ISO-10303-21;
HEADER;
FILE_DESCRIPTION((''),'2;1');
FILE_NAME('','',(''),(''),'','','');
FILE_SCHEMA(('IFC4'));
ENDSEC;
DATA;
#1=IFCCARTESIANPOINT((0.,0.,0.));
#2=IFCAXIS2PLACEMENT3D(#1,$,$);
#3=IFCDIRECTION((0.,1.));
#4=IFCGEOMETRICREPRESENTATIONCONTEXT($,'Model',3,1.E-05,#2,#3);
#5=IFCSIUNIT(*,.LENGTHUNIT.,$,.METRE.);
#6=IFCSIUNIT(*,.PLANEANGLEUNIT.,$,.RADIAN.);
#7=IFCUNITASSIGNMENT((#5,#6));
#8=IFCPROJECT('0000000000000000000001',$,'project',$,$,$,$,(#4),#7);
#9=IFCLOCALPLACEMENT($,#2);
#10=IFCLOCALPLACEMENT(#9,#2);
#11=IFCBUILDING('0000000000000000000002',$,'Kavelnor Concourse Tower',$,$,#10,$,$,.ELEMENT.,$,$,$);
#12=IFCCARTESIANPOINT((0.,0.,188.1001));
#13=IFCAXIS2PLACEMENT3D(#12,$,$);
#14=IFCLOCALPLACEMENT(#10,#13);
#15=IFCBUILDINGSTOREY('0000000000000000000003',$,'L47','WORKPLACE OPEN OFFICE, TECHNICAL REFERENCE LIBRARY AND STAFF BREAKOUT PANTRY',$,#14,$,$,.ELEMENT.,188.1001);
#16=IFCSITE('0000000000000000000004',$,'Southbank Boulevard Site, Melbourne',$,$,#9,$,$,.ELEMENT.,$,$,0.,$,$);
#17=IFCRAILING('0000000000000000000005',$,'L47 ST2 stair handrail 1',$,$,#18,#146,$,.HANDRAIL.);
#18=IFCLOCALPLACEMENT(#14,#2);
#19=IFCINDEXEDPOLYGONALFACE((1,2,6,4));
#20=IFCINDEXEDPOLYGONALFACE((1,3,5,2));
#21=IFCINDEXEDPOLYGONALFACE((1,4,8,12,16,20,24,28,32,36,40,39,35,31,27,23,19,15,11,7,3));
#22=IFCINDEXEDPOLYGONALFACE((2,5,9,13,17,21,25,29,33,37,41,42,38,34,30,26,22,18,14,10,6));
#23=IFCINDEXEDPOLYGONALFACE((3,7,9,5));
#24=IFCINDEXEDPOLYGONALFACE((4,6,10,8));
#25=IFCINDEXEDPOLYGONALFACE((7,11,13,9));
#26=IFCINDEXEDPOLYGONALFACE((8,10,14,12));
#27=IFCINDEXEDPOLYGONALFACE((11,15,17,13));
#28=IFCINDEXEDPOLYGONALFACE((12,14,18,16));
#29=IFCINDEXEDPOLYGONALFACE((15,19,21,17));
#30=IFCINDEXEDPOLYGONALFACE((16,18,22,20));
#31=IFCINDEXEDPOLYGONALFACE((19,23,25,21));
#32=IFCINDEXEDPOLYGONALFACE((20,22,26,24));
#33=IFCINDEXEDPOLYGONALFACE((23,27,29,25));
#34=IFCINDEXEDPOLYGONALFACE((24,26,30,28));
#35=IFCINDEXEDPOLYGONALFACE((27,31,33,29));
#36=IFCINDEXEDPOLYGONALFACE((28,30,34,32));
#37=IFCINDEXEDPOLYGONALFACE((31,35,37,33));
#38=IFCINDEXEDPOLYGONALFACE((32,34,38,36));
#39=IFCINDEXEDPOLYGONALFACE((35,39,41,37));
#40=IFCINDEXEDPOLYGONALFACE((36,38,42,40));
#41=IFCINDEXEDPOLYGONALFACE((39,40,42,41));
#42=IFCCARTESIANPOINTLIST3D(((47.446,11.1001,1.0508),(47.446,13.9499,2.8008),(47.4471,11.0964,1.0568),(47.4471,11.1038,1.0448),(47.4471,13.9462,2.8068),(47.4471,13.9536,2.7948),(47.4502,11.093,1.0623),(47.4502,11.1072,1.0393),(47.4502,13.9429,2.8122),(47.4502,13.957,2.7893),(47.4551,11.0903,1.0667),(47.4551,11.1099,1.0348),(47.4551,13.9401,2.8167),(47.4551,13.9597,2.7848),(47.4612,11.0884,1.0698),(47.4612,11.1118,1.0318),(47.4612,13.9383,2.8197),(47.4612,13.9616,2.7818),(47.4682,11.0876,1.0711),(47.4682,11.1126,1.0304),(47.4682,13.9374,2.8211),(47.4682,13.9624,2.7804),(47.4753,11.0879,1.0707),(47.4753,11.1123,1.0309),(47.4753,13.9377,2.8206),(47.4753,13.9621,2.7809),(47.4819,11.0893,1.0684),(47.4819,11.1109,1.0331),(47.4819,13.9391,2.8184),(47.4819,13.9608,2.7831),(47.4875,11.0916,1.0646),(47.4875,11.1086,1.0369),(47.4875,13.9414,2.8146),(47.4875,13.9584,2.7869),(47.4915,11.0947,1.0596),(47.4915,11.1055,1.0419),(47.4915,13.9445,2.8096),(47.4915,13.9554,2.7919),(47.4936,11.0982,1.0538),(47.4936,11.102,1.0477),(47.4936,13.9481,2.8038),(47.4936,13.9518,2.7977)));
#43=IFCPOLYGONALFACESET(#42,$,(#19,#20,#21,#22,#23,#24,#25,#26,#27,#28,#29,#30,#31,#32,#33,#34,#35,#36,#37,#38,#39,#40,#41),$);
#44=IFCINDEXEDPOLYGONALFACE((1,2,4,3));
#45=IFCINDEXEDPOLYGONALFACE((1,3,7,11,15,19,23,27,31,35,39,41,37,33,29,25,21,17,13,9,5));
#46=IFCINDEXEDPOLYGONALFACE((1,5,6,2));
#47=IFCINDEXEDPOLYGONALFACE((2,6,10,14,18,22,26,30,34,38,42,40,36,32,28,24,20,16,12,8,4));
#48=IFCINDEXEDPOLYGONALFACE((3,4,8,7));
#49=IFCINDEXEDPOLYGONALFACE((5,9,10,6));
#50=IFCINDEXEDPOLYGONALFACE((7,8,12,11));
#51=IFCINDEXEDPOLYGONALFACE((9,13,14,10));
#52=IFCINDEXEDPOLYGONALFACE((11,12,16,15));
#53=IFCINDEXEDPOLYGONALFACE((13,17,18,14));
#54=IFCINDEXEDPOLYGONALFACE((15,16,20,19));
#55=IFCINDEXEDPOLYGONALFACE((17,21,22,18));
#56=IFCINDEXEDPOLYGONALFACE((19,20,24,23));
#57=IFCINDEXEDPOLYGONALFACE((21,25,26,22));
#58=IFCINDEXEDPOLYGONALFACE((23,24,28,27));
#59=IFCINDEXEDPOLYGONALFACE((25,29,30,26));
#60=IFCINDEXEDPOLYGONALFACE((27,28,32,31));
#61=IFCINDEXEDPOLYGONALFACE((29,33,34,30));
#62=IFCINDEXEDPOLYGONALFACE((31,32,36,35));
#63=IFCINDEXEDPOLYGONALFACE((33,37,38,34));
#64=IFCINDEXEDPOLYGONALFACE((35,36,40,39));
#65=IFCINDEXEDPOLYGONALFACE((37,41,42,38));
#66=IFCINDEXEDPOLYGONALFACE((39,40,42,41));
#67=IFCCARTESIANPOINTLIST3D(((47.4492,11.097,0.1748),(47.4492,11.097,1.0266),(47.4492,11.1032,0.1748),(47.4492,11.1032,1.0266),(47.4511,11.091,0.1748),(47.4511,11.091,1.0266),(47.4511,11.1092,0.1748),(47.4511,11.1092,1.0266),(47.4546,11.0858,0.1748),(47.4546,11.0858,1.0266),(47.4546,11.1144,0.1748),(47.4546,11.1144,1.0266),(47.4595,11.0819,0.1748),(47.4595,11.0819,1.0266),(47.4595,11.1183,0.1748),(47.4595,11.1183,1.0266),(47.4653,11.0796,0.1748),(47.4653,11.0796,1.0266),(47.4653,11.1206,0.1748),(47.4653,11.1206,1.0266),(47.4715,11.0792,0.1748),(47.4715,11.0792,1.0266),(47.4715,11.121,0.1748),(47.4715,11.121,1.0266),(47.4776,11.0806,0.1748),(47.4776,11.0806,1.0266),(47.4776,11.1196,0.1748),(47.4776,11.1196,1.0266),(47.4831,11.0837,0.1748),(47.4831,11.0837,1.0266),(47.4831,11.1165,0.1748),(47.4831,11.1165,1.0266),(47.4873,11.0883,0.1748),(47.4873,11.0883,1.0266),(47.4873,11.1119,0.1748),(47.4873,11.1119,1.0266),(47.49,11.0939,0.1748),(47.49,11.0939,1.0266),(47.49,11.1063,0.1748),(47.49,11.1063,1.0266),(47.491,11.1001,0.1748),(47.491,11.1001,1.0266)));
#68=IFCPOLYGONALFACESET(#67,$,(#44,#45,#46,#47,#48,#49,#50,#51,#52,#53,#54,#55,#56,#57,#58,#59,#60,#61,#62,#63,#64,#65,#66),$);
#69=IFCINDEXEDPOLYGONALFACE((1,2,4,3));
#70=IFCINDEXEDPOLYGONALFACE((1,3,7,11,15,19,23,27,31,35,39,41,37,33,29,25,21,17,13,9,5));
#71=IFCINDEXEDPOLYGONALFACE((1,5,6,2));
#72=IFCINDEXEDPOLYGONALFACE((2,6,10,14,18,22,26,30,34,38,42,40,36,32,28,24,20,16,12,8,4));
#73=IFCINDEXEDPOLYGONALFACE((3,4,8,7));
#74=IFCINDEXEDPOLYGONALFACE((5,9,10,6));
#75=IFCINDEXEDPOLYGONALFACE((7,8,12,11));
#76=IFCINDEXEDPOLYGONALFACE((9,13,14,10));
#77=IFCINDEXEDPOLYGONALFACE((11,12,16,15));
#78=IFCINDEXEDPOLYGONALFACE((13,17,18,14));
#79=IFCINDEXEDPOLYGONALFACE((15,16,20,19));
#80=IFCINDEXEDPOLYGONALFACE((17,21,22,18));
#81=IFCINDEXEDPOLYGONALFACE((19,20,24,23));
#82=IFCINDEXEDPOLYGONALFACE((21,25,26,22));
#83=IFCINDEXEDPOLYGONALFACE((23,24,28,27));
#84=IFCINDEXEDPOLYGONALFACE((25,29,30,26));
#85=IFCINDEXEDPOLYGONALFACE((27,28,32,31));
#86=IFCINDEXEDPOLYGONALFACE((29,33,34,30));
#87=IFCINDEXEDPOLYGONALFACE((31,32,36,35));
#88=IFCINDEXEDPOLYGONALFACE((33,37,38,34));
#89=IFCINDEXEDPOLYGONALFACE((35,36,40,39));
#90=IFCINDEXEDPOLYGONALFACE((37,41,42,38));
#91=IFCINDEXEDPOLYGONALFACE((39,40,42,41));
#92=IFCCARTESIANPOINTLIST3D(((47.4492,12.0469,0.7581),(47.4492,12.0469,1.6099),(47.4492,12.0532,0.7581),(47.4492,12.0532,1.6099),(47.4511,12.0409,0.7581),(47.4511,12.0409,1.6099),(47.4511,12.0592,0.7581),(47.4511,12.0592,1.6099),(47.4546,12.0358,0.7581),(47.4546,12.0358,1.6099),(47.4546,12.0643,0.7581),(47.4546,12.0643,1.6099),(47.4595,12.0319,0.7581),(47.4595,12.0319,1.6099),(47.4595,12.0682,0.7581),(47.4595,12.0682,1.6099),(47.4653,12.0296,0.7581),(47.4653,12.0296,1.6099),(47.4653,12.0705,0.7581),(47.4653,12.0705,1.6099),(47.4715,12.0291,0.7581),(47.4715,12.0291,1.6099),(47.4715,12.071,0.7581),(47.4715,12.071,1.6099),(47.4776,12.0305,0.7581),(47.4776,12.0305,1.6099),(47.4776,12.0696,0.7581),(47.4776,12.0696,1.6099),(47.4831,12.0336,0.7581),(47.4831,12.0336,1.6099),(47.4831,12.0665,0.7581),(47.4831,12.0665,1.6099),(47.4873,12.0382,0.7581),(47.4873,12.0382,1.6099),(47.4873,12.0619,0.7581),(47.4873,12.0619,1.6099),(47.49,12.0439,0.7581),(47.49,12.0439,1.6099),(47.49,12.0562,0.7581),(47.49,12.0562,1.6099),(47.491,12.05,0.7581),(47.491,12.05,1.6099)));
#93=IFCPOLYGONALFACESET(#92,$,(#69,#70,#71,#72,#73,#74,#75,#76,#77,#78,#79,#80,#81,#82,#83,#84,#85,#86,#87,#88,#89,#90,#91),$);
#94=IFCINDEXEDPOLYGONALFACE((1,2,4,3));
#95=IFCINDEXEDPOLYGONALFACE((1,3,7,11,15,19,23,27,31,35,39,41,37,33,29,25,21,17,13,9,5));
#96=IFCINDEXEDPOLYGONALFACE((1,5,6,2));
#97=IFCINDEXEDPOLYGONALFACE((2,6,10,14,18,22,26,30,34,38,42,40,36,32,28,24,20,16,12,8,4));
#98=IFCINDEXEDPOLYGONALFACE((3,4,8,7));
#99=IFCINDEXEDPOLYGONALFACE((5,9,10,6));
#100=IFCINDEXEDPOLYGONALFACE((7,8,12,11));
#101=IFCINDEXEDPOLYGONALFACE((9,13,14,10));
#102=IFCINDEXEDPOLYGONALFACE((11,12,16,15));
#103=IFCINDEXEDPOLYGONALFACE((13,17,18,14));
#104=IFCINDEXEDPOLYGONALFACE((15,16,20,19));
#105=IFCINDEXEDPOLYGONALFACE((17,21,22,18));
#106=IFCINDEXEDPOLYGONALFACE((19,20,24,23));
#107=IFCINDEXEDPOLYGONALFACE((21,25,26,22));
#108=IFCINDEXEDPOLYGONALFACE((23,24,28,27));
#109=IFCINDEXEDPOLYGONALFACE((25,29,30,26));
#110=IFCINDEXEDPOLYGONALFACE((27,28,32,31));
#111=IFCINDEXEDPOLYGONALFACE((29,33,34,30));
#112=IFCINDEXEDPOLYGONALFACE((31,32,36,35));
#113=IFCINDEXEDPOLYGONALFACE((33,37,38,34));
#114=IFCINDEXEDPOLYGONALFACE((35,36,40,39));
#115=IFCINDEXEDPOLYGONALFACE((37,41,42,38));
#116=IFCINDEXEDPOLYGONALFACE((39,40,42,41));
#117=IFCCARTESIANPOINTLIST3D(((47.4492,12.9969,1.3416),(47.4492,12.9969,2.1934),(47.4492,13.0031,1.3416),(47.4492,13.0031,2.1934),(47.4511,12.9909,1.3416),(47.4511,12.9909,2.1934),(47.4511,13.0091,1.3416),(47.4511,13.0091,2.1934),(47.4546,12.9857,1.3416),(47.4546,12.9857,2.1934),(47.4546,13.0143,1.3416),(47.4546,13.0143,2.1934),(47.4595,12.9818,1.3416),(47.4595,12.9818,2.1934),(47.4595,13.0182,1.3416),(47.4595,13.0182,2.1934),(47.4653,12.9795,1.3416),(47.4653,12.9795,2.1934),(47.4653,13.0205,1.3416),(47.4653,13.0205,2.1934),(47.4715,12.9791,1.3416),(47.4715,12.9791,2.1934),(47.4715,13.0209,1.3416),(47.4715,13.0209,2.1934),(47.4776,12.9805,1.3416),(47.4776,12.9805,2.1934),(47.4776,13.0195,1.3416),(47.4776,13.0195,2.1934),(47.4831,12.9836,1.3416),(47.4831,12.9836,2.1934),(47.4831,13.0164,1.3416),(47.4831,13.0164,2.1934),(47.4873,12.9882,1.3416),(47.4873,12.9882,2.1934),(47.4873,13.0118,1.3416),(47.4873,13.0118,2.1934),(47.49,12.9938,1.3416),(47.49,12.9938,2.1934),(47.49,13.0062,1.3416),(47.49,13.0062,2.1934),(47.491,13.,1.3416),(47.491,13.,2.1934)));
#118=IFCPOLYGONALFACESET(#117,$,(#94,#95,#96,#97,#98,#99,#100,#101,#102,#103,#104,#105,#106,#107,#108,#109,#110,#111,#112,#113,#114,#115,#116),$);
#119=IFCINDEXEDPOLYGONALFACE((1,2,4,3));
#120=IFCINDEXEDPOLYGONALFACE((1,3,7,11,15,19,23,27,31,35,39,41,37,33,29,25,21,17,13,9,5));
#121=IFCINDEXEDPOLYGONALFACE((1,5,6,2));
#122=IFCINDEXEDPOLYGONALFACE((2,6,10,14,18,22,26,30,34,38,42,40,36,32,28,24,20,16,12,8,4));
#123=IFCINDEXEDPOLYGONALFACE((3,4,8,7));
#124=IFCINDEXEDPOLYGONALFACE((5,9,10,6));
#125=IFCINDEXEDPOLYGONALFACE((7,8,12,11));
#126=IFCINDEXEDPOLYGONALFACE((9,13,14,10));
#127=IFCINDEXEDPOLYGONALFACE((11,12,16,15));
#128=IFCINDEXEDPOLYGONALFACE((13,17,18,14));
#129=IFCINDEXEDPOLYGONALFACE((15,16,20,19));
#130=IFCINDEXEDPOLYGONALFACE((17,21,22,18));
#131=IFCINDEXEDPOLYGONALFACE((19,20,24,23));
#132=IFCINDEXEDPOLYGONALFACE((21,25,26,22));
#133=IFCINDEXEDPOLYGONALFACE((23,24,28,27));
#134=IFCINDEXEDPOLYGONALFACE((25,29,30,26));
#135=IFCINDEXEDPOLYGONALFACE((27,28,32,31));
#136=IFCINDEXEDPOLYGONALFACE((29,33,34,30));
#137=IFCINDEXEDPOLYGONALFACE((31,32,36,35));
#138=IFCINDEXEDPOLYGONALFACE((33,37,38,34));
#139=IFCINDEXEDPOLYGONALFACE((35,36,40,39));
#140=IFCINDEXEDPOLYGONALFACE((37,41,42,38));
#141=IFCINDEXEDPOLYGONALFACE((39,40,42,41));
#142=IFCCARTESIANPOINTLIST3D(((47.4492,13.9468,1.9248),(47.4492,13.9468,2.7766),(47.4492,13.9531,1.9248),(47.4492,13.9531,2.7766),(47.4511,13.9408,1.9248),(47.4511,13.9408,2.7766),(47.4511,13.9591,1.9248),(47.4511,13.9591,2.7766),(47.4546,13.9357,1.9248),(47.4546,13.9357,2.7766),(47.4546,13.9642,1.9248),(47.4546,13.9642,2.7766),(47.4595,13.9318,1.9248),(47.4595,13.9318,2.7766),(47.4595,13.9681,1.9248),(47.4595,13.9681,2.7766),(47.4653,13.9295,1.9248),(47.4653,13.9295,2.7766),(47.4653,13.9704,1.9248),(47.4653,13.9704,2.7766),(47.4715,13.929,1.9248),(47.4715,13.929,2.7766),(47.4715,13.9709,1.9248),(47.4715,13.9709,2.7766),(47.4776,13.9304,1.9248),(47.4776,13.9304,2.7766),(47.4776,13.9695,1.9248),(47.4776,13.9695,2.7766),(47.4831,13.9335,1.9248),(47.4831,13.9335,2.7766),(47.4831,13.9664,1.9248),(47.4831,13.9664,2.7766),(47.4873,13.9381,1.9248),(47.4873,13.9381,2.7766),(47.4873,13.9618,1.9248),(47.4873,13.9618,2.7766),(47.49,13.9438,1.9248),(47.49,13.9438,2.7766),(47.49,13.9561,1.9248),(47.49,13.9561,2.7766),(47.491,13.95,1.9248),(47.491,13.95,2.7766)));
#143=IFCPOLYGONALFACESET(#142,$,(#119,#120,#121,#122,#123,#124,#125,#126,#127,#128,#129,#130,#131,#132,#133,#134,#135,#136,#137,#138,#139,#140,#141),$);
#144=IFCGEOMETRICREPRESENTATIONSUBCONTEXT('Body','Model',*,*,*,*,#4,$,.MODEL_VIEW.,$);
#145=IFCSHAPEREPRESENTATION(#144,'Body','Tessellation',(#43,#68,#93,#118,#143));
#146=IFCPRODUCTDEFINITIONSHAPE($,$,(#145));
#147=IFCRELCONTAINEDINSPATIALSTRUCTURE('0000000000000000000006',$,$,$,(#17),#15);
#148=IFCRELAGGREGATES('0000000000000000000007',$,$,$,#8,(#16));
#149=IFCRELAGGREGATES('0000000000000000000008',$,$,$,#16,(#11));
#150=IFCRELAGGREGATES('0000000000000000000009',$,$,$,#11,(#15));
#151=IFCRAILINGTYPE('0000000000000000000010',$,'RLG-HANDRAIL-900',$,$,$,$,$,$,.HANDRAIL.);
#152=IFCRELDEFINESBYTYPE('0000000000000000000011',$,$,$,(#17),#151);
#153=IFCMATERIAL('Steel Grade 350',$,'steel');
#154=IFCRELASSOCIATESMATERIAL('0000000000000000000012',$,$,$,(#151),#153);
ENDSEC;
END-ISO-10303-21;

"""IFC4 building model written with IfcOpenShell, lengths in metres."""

from ifc_helpers import new_model, si_unit, direction, frame, origin, origin_2d, place, context, subcontext, project, spatial, circle, extrude, material, type_object, element, save


model = new_model("IFC4")

# Units and contexts
model_context = context("Model", 3, precision=1e-05, world=origin(), true_north=direction((0.0, 1.0)))
body_context = subcontext(model_context, "Body", "Model", "MODEL_VIEW")
ifc_project = project(units=[si_unit("LENGTHUNIT", "METRE"), si_unit("PLANEANGLEUNIT", "RADIAN")], contexts=[model_context])

# Site, building, storey
site_placement = place(None, origin())
site = spatial("IfcSite", under=ifc_project, at=site_placement, Name="Southbank Boulevard Site, Melbourne", CompositionType="ELEMENT", RefElevation=0.0)
building_placement = place(site_placement, origin())
building = spatial("IfcBuilding", under=site, at=building_placement, Name="Kavelnor Concourse Tower", CompositionType="ELEMENT")
storey_placement = place(building_placement, frame((0.0, 0.0, 188.1001)))
storey = spatial("IfcBuildingStorey", under=building, at=storey_placement, Name="L47", Description="WORKPLACE OPEN OFFICE, TECHNICAL REFERENCE LIBRARY AND STAFF BREAKOUT PANTRY", CompositionType="ELEMENT", Elevation=188.1001)

# Shared definitions
ifc_material_1 = material(Name="Steel Grade 350", Category="steel")

# Railing
railing_type = type_object("IfcRailingType", Name="RLG-HANDRAIL-900", PredefinedType="HANDRAIL", material=ifc_material_1)
railing_placement = place(storey_placement, frame((47.47, 11.1001, 0.1748)))
element("IfcRailing", 1, at=railing_placement, inside=storey, type_object=railing_type, Name="L47 ST2 stair handrail 1", PredefinedType="HANDRAIL", context=body_context, shape_type="SweptSolid", body=[
    extrude(circle(Radius=0.0239, at=origin_2d()), frame((0.0, 0.0, 0.876), z_axis=(0.0, 0.852159, 0.523283), x_axis=(-1.0, 0.0, 0.0)), (0.0, 0.0, 1.0), 3.3442),
    extrude(circle(Radius=0.021, at=origin_2d()), origin(), (0.0, 0.0, 1.0), 0.8518),
    extrude(circle(Radius=0.021, at=origin_2d()), frame((0.0, 0.95, 0.5833)), (0.0, 0.0, 1.0), 0.8518),
    extrude(circle(Radius=0.021, at=origin_2d()), frame((0.0, 1.8999, 1.1667)), (0.0, 0.0, 1.0), 0.8518),
    extrude(circle(Radius=0.021, at=origin_2d()), frame((0.0, 2.8499, 1.75)), (0.0, 0.0, 1.0), 0.8518),
])

save(model, "model.ifc")
